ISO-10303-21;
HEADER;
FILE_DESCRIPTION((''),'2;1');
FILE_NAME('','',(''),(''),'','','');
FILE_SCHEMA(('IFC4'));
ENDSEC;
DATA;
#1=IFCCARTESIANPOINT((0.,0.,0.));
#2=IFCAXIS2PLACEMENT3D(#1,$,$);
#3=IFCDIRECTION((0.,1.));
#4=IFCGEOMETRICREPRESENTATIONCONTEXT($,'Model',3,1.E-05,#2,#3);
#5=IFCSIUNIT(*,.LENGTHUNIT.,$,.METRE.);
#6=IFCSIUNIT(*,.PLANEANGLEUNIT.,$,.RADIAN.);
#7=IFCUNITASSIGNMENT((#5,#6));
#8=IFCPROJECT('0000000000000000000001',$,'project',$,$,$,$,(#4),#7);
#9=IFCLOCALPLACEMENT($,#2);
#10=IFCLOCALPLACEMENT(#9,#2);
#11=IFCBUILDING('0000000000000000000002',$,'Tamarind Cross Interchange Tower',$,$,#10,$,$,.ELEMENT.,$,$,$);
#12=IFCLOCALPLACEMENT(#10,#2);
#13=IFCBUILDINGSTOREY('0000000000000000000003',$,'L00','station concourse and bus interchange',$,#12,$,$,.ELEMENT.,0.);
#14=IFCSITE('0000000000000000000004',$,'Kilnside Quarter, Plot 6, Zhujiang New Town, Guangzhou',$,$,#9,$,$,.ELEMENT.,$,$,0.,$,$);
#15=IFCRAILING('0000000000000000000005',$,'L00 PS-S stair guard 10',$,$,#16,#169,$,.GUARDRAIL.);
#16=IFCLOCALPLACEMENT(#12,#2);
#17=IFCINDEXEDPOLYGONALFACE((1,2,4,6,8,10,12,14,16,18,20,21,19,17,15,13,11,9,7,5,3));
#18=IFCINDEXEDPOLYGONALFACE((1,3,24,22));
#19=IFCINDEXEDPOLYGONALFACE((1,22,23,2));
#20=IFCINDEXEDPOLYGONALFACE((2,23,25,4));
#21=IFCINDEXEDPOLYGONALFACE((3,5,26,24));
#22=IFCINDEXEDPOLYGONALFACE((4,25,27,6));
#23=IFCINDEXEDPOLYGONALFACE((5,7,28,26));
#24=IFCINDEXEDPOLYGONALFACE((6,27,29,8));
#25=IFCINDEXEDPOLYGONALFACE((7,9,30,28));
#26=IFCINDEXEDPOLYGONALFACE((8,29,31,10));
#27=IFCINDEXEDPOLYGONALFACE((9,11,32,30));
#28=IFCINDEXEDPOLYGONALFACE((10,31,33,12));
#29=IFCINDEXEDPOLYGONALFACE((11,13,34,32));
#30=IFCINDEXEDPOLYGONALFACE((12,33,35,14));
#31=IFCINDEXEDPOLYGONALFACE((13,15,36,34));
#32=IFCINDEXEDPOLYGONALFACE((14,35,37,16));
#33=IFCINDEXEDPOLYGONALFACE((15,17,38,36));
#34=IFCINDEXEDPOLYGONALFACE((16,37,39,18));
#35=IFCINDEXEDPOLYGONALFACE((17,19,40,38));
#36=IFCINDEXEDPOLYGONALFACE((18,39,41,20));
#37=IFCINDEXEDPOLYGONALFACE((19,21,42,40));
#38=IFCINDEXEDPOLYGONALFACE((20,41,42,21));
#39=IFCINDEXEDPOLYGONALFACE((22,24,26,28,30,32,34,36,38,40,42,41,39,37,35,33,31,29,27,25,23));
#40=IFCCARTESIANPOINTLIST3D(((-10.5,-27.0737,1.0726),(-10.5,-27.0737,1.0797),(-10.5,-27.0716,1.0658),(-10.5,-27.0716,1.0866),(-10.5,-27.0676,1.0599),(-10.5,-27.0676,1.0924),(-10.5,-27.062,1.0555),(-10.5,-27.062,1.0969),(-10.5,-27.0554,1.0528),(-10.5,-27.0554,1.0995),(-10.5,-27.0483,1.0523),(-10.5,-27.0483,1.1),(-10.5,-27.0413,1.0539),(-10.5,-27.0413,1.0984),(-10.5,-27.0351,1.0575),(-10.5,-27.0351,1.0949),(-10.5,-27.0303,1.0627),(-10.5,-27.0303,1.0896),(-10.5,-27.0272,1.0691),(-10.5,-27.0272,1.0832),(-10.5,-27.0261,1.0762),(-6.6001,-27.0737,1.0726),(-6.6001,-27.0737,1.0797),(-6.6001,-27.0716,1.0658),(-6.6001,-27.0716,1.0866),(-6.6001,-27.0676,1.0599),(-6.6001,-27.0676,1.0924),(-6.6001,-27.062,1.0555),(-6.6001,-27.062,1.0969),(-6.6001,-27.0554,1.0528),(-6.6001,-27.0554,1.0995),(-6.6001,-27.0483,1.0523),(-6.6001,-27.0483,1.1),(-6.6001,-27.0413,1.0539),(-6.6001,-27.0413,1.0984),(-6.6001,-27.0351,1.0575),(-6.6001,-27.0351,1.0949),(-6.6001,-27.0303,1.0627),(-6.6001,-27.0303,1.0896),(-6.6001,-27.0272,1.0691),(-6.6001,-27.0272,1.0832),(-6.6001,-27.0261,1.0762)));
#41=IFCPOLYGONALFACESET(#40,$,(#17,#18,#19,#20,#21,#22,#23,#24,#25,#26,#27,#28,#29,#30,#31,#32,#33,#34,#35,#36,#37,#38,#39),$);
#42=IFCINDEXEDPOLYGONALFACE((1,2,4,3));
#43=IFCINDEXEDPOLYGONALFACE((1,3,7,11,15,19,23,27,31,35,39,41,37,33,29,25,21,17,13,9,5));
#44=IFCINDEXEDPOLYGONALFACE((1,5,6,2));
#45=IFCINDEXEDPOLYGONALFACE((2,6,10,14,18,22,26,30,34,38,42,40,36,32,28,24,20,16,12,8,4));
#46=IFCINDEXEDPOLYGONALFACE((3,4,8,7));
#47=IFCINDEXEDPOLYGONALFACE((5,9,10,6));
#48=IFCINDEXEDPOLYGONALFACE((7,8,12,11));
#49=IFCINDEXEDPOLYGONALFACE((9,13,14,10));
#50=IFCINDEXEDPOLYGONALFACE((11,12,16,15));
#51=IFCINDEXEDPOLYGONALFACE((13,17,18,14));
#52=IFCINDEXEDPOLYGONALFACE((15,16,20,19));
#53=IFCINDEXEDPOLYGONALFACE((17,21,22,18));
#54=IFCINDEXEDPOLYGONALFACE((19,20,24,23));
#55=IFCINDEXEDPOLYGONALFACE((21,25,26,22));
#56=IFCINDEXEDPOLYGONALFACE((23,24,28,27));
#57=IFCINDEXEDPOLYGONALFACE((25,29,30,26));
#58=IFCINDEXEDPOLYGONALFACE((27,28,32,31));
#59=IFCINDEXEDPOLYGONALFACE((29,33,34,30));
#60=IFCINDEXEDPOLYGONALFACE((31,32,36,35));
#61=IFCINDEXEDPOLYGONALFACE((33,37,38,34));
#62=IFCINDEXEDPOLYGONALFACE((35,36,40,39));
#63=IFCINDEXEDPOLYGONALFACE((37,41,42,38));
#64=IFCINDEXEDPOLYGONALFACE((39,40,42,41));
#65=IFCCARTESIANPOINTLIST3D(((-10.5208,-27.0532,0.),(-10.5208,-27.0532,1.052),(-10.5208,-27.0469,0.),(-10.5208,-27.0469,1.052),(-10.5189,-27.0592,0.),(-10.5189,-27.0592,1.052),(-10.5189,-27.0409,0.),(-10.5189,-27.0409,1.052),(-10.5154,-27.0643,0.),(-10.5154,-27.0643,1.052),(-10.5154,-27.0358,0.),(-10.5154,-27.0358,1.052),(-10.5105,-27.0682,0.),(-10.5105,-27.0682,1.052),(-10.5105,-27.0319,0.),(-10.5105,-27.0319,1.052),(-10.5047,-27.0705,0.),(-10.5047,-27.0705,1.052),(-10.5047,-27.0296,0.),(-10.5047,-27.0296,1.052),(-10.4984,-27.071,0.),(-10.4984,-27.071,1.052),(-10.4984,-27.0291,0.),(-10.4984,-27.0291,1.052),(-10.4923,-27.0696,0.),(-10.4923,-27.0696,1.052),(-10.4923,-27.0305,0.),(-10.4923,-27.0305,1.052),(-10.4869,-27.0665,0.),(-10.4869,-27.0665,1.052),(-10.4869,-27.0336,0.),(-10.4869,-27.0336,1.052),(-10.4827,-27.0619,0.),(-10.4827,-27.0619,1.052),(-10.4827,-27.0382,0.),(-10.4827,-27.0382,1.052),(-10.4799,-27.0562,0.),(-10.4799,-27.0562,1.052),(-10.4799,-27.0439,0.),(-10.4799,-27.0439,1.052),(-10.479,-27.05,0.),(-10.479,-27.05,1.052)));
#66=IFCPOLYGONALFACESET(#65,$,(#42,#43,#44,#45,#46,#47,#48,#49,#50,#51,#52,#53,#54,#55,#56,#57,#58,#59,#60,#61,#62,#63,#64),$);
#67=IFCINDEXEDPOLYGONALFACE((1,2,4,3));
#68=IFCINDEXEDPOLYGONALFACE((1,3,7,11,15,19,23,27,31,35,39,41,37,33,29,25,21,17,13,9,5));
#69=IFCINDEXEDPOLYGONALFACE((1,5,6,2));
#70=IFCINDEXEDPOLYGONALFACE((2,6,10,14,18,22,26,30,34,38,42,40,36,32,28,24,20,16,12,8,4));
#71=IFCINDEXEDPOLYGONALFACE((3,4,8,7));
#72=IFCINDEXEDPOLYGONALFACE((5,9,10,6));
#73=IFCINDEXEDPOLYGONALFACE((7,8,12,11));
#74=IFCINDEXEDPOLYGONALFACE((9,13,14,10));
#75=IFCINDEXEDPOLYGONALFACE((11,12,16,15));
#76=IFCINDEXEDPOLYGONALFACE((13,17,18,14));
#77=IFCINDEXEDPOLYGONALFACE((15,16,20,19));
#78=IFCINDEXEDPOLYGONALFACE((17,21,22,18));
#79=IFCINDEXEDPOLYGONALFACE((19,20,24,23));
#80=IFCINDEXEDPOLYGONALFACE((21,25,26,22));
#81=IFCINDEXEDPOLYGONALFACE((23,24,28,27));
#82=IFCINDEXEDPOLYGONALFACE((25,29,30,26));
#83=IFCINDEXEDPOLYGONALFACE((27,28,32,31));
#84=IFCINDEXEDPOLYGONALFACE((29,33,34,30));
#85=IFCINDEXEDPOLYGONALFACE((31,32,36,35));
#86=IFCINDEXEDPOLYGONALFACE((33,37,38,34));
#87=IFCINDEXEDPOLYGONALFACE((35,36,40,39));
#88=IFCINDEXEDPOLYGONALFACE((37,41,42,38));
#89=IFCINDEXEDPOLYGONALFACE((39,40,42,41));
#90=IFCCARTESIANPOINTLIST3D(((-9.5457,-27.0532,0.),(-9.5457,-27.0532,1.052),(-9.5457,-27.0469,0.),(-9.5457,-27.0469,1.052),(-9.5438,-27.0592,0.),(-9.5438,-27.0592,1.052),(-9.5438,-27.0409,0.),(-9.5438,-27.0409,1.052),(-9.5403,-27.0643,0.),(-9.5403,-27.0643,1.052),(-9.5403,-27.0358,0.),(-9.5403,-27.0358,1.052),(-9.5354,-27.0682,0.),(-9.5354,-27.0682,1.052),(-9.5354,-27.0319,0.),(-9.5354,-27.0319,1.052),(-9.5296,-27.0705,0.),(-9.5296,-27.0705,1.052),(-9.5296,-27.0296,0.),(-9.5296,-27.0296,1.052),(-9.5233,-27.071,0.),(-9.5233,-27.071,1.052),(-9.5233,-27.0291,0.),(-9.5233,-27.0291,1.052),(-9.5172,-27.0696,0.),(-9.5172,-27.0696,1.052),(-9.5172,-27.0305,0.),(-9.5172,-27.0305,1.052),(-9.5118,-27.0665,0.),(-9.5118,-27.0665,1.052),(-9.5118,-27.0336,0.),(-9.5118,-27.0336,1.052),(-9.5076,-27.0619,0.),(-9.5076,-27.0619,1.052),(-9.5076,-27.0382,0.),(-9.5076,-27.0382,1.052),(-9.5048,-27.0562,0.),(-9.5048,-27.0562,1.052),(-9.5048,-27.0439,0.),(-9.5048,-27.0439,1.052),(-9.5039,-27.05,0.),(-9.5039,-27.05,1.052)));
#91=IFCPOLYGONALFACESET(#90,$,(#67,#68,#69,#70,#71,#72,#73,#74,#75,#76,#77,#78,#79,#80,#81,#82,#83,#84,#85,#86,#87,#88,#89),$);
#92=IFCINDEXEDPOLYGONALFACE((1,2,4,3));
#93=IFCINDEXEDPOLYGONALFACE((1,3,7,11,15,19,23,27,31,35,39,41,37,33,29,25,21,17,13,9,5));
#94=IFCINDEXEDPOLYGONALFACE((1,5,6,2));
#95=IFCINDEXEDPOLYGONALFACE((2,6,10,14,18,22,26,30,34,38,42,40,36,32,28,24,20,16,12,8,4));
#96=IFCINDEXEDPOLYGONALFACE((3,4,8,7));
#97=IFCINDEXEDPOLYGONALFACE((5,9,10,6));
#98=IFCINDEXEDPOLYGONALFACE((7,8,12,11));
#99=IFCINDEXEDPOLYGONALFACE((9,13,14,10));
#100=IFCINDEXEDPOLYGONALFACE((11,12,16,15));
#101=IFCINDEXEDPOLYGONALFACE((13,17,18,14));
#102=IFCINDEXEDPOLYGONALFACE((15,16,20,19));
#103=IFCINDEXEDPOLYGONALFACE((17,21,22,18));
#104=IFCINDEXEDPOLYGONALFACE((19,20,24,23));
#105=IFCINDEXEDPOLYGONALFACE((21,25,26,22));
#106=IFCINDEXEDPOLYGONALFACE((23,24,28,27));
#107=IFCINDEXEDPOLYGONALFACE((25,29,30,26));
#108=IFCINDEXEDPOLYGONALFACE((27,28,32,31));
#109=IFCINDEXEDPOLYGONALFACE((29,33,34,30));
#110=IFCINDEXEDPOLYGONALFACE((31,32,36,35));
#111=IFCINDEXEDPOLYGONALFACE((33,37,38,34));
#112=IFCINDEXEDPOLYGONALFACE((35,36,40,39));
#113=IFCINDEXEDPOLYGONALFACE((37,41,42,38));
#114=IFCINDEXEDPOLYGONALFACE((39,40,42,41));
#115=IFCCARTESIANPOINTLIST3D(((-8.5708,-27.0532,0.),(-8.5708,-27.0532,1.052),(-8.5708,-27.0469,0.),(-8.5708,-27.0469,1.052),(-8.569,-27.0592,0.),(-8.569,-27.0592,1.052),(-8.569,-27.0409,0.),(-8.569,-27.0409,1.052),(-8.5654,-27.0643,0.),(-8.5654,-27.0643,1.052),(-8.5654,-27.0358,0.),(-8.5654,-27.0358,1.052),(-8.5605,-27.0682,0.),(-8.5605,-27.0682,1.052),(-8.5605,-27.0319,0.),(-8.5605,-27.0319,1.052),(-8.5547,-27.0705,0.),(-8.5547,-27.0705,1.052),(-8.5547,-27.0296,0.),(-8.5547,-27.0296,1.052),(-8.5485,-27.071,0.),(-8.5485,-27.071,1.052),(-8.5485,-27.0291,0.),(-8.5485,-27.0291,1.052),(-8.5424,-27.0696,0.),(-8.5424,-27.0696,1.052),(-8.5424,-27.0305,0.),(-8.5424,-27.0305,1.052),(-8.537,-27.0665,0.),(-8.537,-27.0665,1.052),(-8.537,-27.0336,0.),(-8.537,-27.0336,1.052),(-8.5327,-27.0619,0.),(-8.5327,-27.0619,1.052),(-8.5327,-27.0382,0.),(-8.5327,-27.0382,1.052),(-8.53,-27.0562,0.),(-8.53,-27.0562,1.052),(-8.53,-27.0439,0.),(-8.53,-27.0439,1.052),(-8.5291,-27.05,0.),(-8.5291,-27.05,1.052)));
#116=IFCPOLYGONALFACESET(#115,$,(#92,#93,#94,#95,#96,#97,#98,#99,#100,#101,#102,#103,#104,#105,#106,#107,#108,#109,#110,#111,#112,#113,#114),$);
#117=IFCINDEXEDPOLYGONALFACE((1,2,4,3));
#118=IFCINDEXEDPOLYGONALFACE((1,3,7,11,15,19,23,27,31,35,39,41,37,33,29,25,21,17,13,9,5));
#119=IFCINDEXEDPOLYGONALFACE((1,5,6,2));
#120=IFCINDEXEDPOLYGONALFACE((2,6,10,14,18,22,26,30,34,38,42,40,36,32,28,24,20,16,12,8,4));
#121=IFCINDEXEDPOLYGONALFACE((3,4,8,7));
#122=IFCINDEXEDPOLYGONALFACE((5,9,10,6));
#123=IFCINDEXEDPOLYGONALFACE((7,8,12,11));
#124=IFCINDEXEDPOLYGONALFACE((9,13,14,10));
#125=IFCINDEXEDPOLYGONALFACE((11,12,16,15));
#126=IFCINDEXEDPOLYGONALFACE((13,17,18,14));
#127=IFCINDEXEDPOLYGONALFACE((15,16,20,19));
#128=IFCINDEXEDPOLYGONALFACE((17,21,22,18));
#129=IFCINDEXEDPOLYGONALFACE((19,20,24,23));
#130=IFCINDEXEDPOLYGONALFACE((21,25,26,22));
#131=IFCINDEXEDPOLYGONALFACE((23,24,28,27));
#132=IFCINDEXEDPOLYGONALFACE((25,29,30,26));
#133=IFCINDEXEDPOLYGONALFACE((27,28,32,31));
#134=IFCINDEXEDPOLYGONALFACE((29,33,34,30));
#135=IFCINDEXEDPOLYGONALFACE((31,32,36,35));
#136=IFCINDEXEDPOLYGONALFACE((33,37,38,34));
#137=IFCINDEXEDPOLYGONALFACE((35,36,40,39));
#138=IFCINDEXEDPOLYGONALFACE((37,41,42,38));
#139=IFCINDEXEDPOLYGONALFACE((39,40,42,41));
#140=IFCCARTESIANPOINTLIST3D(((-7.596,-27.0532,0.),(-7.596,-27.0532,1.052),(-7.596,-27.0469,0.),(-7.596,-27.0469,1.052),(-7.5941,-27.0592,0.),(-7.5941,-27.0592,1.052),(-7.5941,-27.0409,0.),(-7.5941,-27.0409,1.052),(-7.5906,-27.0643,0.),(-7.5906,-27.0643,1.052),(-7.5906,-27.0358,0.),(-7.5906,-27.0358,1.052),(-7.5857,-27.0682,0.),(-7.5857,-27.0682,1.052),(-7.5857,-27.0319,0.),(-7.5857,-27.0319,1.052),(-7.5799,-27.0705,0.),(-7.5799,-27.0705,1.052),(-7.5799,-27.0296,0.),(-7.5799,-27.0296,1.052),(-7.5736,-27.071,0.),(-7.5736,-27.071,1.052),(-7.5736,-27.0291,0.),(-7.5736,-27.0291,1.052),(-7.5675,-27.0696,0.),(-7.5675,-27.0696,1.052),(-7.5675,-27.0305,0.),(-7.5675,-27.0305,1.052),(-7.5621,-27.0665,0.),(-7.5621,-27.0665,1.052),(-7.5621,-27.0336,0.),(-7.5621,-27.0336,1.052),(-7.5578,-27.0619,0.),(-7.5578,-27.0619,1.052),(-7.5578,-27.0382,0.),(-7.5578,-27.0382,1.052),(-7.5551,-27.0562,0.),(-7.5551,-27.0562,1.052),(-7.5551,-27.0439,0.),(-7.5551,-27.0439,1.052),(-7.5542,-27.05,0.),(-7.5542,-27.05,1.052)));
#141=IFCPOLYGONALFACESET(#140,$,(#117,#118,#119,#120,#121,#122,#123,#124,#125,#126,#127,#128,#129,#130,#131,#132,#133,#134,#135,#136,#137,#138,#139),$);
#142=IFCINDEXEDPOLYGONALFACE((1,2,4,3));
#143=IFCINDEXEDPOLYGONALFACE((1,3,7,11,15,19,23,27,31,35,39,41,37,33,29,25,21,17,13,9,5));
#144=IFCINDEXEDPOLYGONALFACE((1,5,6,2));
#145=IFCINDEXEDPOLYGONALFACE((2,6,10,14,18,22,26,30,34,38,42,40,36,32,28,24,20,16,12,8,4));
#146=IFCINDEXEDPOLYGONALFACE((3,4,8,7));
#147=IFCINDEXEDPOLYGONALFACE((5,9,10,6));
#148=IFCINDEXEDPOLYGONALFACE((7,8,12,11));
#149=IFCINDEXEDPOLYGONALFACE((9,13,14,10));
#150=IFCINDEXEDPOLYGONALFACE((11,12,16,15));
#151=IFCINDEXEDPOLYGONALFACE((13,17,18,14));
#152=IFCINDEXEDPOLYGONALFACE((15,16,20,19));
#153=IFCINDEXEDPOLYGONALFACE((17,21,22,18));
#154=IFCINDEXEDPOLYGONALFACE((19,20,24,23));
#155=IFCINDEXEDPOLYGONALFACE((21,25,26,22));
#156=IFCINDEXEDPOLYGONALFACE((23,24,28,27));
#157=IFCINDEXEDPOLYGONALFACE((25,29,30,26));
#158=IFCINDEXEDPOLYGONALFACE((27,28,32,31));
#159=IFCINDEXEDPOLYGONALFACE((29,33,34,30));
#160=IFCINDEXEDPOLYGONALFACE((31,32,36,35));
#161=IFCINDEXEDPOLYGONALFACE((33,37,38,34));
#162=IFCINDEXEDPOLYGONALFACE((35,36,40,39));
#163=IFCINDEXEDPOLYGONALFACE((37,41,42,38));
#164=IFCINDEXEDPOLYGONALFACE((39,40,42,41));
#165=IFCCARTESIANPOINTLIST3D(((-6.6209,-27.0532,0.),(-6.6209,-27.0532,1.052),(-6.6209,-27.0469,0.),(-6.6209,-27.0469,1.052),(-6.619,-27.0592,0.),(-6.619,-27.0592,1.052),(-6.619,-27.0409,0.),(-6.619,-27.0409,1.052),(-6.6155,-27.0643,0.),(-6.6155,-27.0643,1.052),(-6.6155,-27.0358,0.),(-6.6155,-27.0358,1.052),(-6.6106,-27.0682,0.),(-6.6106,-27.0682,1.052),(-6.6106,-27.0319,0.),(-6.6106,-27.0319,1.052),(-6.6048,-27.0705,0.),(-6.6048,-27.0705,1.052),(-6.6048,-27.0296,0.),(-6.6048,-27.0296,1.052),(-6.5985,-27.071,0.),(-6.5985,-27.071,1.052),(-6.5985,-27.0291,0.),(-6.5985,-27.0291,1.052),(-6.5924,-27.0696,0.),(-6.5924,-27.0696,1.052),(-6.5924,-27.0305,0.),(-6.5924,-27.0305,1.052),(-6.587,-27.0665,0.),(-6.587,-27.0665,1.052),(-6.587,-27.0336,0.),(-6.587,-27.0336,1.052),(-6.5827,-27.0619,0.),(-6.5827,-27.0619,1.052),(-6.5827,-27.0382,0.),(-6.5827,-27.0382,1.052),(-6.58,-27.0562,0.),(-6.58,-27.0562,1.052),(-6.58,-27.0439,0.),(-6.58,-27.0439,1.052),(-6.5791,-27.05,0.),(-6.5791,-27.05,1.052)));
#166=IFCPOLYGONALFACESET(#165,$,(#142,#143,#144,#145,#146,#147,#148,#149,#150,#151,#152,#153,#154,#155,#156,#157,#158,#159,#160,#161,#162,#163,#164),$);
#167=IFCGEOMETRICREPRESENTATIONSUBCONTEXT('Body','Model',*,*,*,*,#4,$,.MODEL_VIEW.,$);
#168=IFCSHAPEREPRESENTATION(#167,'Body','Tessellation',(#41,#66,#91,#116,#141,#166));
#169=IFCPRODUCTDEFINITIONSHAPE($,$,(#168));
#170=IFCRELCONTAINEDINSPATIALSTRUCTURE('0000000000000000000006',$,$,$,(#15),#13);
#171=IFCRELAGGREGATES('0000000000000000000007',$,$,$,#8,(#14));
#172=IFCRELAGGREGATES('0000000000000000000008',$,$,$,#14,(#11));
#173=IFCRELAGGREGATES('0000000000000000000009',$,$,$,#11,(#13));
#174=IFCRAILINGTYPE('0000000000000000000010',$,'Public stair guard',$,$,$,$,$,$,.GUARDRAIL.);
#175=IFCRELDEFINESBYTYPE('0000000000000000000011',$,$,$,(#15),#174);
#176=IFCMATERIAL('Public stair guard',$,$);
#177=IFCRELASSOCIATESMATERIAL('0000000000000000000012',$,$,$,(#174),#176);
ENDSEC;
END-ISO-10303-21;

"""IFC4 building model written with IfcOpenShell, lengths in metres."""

from ifc_helpers import new_model, si_unit, direction, frame, origin, origin_2d, place, context, subcontext, project, spatial, circle, extrude, material, type_object, element, save


model = new_model("IFC4")

# Units and contexts
model_context = context("Model", 3, precision=1e-05, world=origin(), true_north=direction((0.0, 1.0)))
body_context = subcontext(model_context, "Body", "Model", "MODEL_VIEW")
ifc_project = project(units=[si_unit("LENGTHUNIT", "METRE"), si_unit("PLANEANGLEUNIT", "RADIAN")], contexts=[model_context])

# Site, building, storey
site_placement = place(None, origin())
site = spatial("IfcSite", under=ifc_project, at=site_placement, Name="Kilnside Quarter, Plot 6, Zhujiang New Town, Guangzhou", CompositionType="ELEMENT", RefElevation=0.0)
building_placement = place(site_placement, origin())
building = spatial("IfcBuilding", under=site, at=building_placement, Name="Tamarind Cross Interchange Tower", CompositionType="ELEMENT")
storey_placement = place(building_placement, origin())
storey = spatial("IfcBuildingStorey", under=building, at=storey_placement, Name="L00", Description="station concourse and bus interchange", CompositionType="ELEMENT", Elevation=0.0)

# Railing
ifc_material_1 = material(Name="Public stair guard")
railing_type_1 = type_object("IfcRailingType", Name="Public stair guard", PredefinedType="GUARDRAIL", material=ifc_material_1)
railing_1_placement = place(storey_placement, frame((-10.5, -27.05, 0.0)))
element("IfcRailing", 1, at=railing_1_placement, inside=storey, type_object=railing_type_1, Name="L00 PS-S stair guard 10", PredefinedType="GUARDRAIL", context=body_context, shape_type="SweptSolid", body=[
    extrude(circle(Radius=0.0239, at=origin_2d()), frame((0.0, 0.0, 1.0762), z_axis=(1.0, 0.0, 0.0), x_axis=(0.0, 1.0, 0.0)), (0.0, 0.0, 1.0), 3.8999),
    extrude(circle(Radius=0.021, at=origin_2d()), origin(), (0.0, 0.0, 1.0), 1.052),
    extrude(circle(Radius=0.021, at=origin_2d()), frame((0.9751, 0.0, 0.0)), (0.0, 0.0, 1.0), 1.052),
    extrude(circle(Radius=0.021, at=origin_2d()), frame((1.95, 0.0, 0.0)), (0.0, 0.0, 1.0), 1.052),
    extrude(circle(Radius=0.021, at=origin_2d()), frame((2.9248, 0.0, 0.0)), (0.0, 0.0, 1.0), 1.052),
    extrude(circle(Radius=0.021, at=origin_2d()), frame((3.8999, 0.0, 0.0)), (0.0, 0.0, 1.0), 1.052),
])

save(model, "model.ifc")
